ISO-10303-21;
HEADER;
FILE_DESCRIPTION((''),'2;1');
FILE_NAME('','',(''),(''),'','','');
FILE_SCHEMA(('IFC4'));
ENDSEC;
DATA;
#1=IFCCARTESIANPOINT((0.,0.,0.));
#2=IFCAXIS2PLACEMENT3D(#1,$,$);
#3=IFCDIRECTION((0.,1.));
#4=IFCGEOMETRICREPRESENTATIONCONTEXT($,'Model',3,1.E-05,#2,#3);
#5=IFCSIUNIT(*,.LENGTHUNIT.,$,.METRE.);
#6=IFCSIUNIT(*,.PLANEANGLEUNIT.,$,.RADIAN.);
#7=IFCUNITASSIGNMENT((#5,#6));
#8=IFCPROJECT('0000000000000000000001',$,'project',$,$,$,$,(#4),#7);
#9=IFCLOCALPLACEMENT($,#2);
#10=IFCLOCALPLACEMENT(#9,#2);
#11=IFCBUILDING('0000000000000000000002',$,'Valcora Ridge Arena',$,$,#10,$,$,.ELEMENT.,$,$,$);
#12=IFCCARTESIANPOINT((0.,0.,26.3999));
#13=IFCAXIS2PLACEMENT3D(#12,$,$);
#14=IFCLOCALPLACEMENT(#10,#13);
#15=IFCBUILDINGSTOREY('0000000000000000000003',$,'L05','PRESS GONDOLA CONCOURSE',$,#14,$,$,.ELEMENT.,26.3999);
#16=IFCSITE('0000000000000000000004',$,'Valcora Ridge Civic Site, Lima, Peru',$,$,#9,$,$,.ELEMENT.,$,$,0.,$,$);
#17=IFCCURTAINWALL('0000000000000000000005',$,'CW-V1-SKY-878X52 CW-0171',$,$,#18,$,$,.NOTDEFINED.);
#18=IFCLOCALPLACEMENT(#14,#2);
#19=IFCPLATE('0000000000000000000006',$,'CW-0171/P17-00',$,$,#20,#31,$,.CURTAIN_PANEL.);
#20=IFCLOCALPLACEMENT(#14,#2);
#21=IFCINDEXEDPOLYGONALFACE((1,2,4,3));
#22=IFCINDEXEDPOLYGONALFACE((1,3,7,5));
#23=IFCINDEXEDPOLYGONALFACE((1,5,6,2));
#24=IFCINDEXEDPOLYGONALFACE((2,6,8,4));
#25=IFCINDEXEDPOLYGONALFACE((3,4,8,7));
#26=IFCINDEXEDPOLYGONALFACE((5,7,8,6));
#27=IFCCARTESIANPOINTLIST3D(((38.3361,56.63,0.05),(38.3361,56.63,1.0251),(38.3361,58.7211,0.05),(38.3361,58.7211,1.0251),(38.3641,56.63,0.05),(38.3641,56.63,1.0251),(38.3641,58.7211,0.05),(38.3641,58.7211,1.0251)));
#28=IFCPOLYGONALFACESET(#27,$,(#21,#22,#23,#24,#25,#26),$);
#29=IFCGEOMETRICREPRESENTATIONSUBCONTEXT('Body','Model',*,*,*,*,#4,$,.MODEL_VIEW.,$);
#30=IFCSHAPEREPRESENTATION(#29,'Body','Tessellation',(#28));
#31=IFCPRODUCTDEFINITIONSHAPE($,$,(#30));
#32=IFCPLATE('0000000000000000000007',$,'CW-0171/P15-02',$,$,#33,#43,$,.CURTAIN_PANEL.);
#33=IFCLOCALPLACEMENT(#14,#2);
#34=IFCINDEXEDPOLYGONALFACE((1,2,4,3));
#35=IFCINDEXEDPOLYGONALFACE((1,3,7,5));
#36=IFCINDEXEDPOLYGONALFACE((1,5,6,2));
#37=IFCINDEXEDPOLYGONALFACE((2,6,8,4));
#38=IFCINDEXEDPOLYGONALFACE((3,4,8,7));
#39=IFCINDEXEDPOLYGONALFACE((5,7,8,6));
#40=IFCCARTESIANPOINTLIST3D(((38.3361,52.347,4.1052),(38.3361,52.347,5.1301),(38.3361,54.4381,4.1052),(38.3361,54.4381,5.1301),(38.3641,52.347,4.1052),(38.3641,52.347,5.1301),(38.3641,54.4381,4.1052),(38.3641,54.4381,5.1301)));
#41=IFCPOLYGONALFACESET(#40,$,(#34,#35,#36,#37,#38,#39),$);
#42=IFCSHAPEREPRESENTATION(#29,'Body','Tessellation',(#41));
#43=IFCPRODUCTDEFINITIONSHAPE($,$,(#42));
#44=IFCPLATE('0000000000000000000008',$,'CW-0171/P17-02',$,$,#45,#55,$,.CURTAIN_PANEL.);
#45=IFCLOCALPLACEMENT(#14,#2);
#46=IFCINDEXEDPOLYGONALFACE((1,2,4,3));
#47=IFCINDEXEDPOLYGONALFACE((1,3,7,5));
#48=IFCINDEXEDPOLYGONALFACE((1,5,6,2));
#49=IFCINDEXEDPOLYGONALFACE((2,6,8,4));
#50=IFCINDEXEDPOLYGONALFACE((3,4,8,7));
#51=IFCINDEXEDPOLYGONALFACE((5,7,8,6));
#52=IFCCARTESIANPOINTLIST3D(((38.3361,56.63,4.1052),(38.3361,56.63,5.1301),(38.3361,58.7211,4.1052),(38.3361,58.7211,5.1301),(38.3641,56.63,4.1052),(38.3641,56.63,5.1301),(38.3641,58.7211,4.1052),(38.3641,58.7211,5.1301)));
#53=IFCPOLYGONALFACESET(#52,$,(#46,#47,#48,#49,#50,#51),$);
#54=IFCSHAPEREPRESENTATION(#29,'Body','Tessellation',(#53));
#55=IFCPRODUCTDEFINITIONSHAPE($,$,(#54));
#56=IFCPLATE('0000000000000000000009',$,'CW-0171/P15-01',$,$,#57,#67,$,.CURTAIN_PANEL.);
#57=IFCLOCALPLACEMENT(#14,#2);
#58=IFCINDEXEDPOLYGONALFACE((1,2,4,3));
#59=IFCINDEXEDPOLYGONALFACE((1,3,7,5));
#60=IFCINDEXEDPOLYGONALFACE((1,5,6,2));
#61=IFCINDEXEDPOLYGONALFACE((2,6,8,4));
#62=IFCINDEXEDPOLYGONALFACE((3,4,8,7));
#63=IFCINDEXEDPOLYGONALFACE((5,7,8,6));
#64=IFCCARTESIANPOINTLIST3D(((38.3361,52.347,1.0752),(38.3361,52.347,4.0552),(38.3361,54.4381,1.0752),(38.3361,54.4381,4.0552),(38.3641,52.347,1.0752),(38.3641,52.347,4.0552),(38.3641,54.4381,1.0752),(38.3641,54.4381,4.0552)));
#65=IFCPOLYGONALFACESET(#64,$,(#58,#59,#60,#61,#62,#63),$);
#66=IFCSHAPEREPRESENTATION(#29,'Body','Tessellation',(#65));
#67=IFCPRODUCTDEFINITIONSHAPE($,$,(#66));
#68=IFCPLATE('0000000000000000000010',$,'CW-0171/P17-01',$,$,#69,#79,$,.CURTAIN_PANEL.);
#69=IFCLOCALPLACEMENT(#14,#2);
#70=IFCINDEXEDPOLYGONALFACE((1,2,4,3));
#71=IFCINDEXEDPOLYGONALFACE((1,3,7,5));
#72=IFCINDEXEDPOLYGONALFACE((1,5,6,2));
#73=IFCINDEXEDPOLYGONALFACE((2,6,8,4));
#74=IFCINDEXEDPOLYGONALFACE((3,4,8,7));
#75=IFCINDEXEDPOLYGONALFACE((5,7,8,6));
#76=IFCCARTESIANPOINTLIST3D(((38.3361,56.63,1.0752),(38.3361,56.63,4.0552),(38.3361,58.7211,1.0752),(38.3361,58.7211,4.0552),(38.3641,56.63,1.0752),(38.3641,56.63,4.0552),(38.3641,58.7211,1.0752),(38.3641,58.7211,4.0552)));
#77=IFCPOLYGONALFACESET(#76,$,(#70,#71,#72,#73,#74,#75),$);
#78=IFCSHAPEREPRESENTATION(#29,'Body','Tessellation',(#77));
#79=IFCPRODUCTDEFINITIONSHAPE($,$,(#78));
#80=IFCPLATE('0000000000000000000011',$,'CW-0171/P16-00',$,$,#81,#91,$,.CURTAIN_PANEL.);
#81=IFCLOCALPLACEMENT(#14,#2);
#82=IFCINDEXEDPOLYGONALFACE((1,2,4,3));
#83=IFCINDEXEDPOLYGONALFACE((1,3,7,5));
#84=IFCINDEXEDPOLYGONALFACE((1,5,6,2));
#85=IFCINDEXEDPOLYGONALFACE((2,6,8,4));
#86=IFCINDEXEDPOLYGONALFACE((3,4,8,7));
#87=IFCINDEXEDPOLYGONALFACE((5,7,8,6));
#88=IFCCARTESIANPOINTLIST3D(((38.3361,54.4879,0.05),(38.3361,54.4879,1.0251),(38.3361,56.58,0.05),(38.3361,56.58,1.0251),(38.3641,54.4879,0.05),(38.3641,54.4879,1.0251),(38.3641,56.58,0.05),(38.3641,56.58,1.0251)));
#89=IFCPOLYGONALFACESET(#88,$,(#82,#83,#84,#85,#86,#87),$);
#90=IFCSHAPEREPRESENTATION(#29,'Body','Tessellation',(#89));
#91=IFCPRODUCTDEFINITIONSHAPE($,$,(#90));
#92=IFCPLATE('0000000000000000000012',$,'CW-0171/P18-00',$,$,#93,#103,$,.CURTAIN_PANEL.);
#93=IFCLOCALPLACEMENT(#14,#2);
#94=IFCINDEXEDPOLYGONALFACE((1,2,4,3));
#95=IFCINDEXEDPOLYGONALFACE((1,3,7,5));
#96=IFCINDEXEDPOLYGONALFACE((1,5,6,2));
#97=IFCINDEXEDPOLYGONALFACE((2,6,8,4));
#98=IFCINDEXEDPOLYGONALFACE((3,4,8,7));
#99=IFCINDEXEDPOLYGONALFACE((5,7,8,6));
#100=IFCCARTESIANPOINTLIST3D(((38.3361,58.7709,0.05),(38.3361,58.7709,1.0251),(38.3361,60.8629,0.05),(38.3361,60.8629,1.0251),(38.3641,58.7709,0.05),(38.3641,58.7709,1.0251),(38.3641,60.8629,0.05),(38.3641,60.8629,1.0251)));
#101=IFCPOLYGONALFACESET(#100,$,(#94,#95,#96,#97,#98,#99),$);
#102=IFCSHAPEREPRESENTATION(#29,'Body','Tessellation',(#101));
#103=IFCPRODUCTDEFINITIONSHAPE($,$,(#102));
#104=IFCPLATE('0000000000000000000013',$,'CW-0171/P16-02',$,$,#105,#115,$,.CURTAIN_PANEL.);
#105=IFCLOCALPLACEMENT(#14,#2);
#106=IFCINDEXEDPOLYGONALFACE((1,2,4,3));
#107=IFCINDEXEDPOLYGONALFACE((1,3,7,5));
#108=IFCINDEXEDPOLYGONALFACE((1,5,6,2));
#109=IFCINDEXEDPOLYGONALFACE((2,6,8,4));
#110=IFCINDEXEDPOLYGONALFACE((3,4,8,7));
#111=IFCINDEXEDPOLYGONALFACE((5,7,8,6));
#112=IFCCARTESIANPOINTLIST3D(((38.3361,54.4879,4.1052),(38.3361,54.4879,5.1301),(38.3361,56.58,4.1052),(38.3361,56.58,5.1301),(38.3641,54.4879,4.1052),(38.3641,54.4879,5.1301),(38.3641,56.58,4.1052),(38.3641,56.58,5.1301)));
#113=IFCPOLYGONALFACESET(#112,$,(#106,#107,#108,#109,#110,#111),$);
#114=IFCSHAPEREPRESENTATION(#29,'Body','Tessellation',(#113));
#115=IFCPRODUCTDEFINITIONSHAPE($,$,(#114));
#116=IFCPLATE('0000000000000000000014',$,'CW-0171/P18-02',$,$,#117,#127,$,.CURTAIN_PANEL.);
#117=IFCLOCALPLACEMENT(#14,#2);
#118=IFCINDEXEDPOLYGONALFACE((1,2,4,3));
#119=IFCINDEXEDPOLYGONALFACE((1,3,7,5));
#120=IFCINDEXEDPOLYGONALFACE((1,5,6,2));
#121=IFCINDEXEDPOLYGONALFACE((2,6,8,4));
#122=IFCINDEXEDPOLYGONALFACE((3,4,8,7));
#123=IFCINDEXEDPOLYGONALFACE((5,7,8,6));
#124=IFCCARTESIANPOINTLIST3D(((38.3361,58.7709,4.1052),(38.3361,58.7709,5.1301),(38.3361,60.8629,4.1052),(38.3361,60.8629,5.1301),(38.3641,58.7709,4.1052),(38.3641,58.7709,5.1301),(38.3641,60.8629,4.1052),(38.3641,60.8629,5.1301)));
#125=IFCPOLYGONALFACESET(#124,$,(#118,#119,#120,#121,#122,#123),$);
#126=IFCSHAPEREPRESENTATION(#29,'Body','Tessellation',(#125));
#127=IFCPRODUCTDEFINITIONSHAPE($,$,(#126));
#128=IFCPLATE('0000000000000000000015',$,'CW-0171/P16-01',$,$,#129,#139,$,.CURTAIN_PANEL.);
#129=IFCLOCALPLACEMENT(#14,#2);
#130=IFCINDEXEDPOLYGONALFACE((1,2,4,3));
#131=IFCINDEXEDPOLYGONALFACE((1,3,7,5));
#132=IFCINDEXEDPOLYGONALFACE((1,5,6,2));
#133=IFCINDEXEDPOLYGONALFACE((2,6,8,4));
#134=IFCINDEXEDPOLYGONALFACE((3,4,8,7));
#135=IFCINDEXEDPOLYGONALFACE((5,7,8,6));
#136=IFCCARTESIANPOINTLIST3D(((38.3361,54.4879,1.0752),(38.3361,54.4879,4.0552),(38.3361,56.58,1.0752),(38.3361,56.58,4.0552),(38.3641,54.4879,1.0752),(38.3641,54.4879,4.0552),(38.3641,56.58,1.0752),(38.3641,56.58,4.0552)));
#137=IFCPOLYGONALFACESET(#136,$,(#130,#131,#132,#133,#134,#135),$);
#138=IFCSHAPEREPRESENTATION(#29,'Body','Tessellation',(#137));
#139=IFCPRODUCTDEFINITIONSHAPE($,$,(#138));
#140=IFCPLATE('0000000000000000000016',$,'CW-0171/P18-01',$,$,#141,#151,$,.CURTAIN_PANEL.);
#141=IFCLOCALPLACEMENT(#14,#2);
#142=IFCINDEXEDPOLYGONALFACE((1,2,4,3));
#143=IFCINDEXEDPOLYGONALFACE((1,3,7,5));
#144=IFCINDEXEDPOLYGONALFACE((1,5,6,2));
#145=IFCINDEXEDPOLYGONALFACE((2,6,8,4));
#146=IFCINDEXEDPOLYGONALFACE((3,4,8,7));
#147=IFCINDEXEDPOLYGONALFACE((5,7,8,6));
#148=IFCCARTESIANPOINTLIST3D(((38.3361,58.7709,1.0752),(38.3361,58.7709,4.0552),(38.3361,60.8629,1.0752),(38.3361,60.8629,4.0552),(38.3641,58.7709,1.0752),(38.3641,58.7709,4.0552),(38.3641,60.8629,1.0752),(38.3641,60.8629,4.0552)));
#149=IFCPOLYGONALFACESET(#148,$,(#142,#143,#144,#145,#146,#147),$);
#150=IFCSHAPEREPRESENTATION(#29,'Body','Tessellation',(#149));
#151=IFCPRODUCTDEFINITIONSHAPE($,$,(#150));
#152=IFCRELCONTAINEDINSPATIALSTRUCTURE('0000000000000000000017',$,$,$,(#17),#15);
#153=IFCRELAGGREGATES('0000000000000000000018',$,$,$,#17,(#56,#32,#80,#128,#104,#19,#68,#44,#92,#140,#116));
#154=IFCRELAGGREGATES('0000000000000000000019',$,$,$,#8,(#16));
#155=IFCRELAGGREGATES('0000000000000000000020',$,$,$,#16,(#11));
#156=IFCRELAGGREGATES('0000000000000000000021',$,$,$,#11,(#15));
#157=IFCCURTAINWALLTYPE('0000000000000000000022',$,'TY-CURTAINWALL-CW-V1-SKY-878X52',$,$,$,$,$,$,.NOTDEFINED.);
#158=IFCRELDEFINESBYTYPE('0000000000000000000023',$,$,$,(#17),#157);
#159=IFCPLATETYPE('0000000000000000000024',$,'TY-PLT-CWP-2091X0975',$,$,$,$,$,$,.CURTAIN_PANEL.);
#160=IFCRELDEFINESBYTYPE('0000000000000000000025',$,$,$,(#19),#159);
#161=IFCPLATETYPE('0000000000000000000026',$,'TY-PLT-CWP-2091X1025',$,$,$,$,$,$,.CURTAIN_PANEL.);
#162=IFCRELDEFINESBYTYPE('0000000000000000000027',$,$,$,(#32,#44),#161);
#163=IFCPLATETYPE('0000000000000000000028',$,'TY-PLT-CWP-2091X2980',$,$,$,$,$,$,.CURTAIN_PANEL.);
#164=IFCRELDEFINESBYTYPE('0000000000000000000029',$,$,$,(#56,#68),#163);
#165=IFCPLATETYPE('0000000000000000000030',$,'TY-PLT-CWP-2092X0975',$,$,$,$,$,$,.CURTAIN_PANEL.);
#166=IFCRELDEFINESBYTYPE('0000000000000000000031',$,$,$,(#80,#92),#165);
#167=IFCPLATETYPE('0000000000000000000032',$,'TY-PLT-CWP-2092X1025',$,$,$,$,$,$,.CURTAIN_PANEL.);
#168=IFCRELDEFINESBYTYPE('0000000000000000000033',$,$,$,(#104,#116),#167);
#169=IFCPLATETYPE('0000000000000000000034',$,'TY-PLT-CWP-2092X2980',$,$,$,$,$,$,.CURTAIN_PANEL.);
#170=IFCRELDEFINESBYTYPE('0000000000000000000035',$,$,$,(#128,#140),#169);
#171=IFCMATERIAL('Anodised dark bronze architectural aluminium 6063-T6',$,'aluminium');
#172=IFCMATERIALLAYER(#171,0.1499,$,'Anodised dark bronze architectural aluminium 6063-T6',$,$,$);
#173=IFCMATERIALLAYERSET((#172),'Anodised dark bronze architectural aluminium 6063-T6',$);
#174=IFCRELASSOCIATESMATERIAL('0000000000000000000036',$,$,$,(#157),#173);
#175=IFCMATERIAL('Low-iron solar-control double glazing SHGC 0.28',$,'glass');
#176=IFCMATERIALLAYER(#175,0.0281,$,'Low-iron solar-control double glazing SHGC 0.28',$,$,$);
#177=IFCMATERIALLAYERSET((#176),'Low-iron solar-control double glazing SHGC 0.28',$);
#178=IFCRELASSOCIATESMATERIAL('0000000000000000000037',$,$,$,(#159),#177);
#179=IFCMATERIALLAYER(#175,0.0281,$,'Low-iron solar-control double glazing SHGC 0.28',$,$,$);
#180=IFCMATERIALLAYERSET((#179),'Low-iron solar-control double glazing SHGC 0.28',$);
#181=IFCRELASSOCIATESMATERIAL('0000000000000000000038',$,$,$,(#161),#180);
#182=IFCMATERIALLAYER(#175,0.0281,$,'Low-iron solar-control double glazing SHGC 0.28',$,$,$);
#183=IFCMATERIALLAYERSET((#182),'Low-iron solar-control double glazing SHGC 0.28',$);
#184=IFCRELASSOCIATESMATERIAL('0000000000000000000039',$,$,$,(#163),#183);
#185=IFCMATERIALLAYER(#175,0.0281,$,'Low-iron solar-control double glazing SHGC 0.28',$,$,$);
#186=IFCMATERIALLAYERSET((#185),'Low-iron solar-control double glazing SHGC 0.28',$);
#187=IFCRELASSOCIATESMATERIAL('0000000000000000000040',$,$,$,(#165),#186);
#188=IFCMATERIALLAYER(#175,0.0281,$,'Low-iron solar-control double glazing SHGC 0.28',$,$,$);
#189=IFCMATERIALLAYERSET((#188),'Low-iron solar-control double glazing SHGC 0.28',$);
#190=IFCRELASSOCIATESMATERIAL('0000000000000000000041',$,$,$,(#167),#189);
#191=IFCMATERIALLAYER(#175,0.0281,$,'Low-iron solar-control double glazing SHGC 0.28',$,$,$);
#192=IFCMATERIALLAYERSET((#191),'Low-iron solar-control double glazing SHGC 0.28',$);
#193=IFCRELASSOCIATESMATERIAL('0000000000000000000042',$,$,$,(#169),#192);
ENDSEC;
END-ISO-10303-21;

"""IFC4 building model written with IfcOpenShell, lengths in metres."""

from ifc_helpers import new_model, si_unit, direction, frame, origin, origin_2d, place, context, subcontext, project, spatial, rectangle, extrude, material, layer, layer_set, type_object, element, aggregate, save


model = new_model("IFC4")

# Units and contexts
model_context = context("Model", 3, precision=1e-05, world=origin(), true_north=direction((0.0, 1.0)))
body_context = subcontext(model_context, "Body", "Model", "MODEL_VIEW")
ifc_project = project(units=[si_unit("LENGTHUNIT", "METRE"), si_unit("PLANEANGLEUNIT", "RADIAN")], contexts=[model_context])

# Site, building, storey
site_placement = place(None, origin())
site = spatial("IfcSite", under=ifc_project, at=site_placement, Name="Valcora Ridge Civic Site, Lima, Peru", CompositionType="ELEMENT", RefElevation=0.0)
building_placement = place(site_placement, origin())
building = spatial("IfcBuilding", under=site, at=building_placement, Name="Valcora Ridge Arena", CompositionType="ELEMENT")
storey_placement = place(building_placement, frame((0.0, 0.0, 26.3999)))
storey = spatial("IfcBuildingStorey", under=building, at=storey_placement, Name="L05", Description="PRESS GONDOLA CONCOURSE", CompositionType="ELEMENT", Elevation=26.3999)

# Curtain wall, plates
ifc_material_1 = material(Name="Anodised dark bronze architectural aluminium 6063-T6", Category="aluminium")
ifc_layer_1 = layer(ifc_material_1, 0.1499, Name="Anodised dark bronze architectural aluminium 6063-T6")
ifc_layer_set_1 = layer_set([ifc_layer_1], Name="Anodised dark bronze architectural aluminium 6063-T6")
curtain_wall_type = type_object("IfcCurtainWallType", Name="TY-CURTAINWALL-CW-V1-SKY-878X52", PredefinedType="NOTDEFINED", material=ifc_layer_set_1)
curtain_wall_placement = place(storey_placement, origin())
curtain_wall = element("IfcCurtainWall", 1, at=curtain_wall_placement, inside=storey, type_object=curtain_wall_type, Name="CW-V1-SKY-878X52 CW-0171", PredefinedType="NOTDEFINED")
ifc_material_2 = material(Name="Low-iron solar-control double glazing SHGC 0.28", Category="glass")
ifc_layer_2 = layer(ifc_material_2, 0.0281, Name="Low-iron solar-control double glazing SHGC 0.28")
ifc_layer_set_2 = layer_set([ifc_layer_2], Name="Low-iron solar-control double glazing SHGC 0.28")
plate_type_1 = type_object("IfcPlateType", Name="TY-PLT-CWP-2091X0975", PredefinedType="CURTAIN_PANEL", material=ifc_layer_set_2)
plate_1_placement = place(storey_placement, frame((38.3501, 57.6755, 0.05), z_axis=(0.0, 0.0, 1.0), x_axis=(0.0, 1.0, 0.0)))
plate_1 = element("IfcPlate", 2, at=plate_1_placement, type_object=plate_type_1, Name="CW-0171/P17-00", PredefinedType="CURTAIN_PANEL", context=body_context, shape_type="SweptSolid", body=[
    extrude(rectangle(XDim=2.0911, YDim=0.0281, at=origin_2d()), origin(), (0.0, 0.0, 1.0), 0.9751),
])
ifc_layer_3 = layer(ifc_material_2, 0.0281, Name="Low-iron solar-control double glazing SHGC 0.28")
ifc_layer_set_3 = layer_set([ifc_layer_3], Name="Low-iron solar-control double glazing SHGC 0.28")
plate_type_2 = type_object("IfcPlateType", Name="TY-PLT-CWP-2091X1025", PredefinedType="CURTAIN_PANEL", material=ifc_layer_set_3)
plate_2_placement = place(storey_placement, frame((38.3501, 53.3926, 4.1052), z_axis=(0.0, 0.0, 1.0), x_axis=(0.0, 1.0, 0.0)))
plate_2 = element("IfcPlate", 3, at=plate_2_placement, type_object=plate_type_2, Name="CW-0171/P15-02", PredefinedType="CURTAIN_PANEL", context=body_context, shape_type="SweptSolid", body=[
    extrude(rectangle(XDim=2.0911, YDim=0.0281, at=origin_2d()), origin(), (0.0, 0.0, 1.0), 1.0249),
])
plate_3_placement = place(storey_placement, frame((38.3501, 57.6755, 4.1052), z_axis=(0.0, 0.0, 1.0), x_axis=(0.0, 1.0, 0.0)))
plate_3 = element("IfcPlate", 4, at=plate_3_placement, type_object=plate_type_2, Name="CW-0171/P17-02", PredefinedType="CURTAIN_PANEL", context=body_context, shape_type="SweptSolid", body=[
    extrude(rectangle(XDim=2.0911, YDim=0.0281, at=origin_2d()), origin(), (0.0, 0.0, 1.0), 1.0249),
])
ifc_layer_4 = layer(ifc_material_2, 0.0281, Name="Low-iron solar-control double glazing SHGC 0.28")
ifc_layer_set_4 = layer_set([ifc_layer_4], Name="Low-iron solar-control double glazing SHGC 0.28")
plate_type_3 = type_object("IfcPlateType", Name="TY-PLT-CWP-2091X2980", PredefinedType="CURTAIN_PANEL", material=ifc_layer_set_4)
plate_4_placement = place(storey_placement, frame((38.3501, 53.3926, 1.0752), z_axis=(0.0, 0.0, 1.0), x_axis=(0.0, 1.0, 0.0)))
plate_4 = element("IfcPlate", 5, at=plate_4_placement, type_object=plate_type_3, Name="CW-0171/P15-01", PredefinedType="CURTAIN_PANEL", context=body_context, shape_type="SweptSolid", body=[
    extrude(rectangle(XDim=2.0911, YDim=0.0281, at=origin_2d()), origin(), (0.0, 0.0, 1.0), 2.98),
])
plate_5_placement = place(storey_placement, frame((38.3501, 57.6755, 1.0752), z_axis=(0.0, 0.0, 1.0), x_axis=(0.0, 1.0, 0.0)))
plate_5 = element("IfcPlate", 6, at=plate_5_placement, type_object=plate_type_3, Name="CW-0171/P17-01", PredefinedType="CURTAIN_PANEL", context=body_context, shape_type="SweptSolid", body=[
    extrude(rectangle(XDim=2.0911, YDim=0.0281, at=origin_2d()), origin(), (0.0, 0.0, 1.0), 2.98),
])
ifc_layer_5 = layer(ifc_material_2, 0.0281, Name="Low-iron solar-control double glazing SHGC 0.28")
ifc_layer_set_5 = layer_set([ifc_layer_5], Name="Low-iron solar-control double glazing SHGC 0.28")
plate_type_4 = type_object("IfcPlateType", Name="TY-PLT-CWP-2092X0975", PredefinedType="CURTAIN_PANEL", material=ifc_layer_set_5)
plate_6_placement = place(storey_placement, frame((38.3501, 55.5339, 0.05), z_axis=(0.0, 0.0, 1.0), x_axis=(0.0, 1.0, 0.0)))
plate_6 = element("IfcPlate", 7, at=plate_6_placement, type_object=plate_type_4, Name="CW-0171/P16-00", PredefinedType="CURTAIN_PANEL", context=body_context, shape_type="SweptSolid", body=[
    extrude(rectangle(XDim=2.092, YDim=0.0281, at=origin_2d()), origin(), (0.0, 0.0, 1.0), 0.9751),
])
plate_7_placement = place(storey_placement, frame((38.3501, 59.8169, 0.05), z_axis=(0.0, 0.0, 1.0), x_axis=(0.0, 1.0, 0.0)))
plate_7 = element("IfcPlate", 8, at=plate_7_placement, type_object=plate_type_4, Name="CW-0171/P18-00", PredefinedType="CURTAIN_PANEL", context=body_context, shape_type="SweptSolid", body=[
    extrude(rectangle(XDim=2.092, YDim=0.0281, at=origin_2d()), origin(), (0.0, 0.0, 1.0), 0.9751),
])
ifc_layer_6 = layer(ifc_material_2, 0.0281, Name="Low-iron solar-control double glazing SHGC 0.28")
ifc_layer_set_6 = layer_set([ifc_layer_6], Name="Low-iron solar-control double glazing SHGC 0.28")
plate_type_5 = type_object("IfcPlateType", Name="TY-PLT-CWP-2092X1025", PredefinedType="CURTAIN_PANEL", material=ifc_layer_set_6)
plate_8_placement = place(storey_placement, frame((38.3501, 55.5339, 4.1052), z_axis=(0.0, 0.0, 1.0), x_axis=(0.0, 1.0, 0.0)))
plate_8 = element("IfcPlate", 9, at=plate_8_placement, type_object=plate_type_5, Name="CW-0171/P16-02", PredefinedType="CURTAIN_PANEL", context=body_context, shape_type="SweptSolid", body=[
    extrude(rectangle(XDim=2.092, YDim=0.0281, at=origin_2d()), origin(), (0.0, 0.0, 1.0), 1.0249),
])
plate_9_placement = place(storey_placement, frame((38.3501, 59.8169, 4.1052), z_axis=(0.0, 0.0, 1.0), x_axis=(0.0, 1.0, 0.0)))
plate_9 = element("IfcPlate", 10, at=plate_9_placement, type_object=plate_type_5, Name="CW-0171/P18-02", PredefinedType="CURTAIN_PANEL", context=body_context, shape_type="SweptSolid", body=[
    extrude(rectangle(XDim=2.092, YDim=0.0281, at=origin_2d()), origin(), (0.0, 0.0, 1.0), 1.0249),
])
ifc_layer_7 = layer(ifc_material_2, 0.0281, Name="Low-iron solar-control double glazing SHGC 0.28")
ifc_layer_set_7 = layer_set([ifc_layer_7], Name="Low-iron solar-control double glazing SHGC 0.28")
plate_type_6 = type_object("IfcPlateType", Name="TY-PLT-CWP-2092X2980", PredefinedType="CURTAIN_PANEL", material=ifc_layer_set_7)
plate_10_placement = place(storey_placement, frame((38.3501, 55.5339, 1.0752), z_axis=(0.0, 0.0, 1.0), x_axis=(0.0, 1.0, 0.0)))
plate_10 = element("IfcPlate", 11, at=plate_10_placement, type_object=plate_type_6, Name="CW-0171/P16-01", PredefinedType="CURTAIN_PANEL", context=body_context, shape_type="SweptSolid", body=[
    extrude(rectangle(XDim=2.092, YDim=0.0281, at=origin_2d()), origin(), (0.0, 0.0, 1.0), 2.98),
])
plate_11_placement = place(storey_placement, frame((38.3501, 59.8169, 1.0752), z_axis=(0.0, 0.0, 1.0), x_axis=(0.0, 1.0, 0.0)))
plate_11 = element("IfcPlate", 12, at=plate_11_placement, type_object=plate_type_6, Name="CW-0171/P18-01", PredefinedType="CURTAIN_PANEL", context=body_context, shape_type="SweptSolid", body=[
    extrude(rectangle(XDim=2.092, YDim=0.0281, at=origin_2d()), origin(), (0.0, 0.0, 1.0), 2.98),
])
aggregate(curtain_wall, [plate_4, plate_2, plate_6, plate_10, plate_8, plate_1, plate_5, plate_3, plate_7, plate_11, plate_9])

save(model, "model.ifc")
